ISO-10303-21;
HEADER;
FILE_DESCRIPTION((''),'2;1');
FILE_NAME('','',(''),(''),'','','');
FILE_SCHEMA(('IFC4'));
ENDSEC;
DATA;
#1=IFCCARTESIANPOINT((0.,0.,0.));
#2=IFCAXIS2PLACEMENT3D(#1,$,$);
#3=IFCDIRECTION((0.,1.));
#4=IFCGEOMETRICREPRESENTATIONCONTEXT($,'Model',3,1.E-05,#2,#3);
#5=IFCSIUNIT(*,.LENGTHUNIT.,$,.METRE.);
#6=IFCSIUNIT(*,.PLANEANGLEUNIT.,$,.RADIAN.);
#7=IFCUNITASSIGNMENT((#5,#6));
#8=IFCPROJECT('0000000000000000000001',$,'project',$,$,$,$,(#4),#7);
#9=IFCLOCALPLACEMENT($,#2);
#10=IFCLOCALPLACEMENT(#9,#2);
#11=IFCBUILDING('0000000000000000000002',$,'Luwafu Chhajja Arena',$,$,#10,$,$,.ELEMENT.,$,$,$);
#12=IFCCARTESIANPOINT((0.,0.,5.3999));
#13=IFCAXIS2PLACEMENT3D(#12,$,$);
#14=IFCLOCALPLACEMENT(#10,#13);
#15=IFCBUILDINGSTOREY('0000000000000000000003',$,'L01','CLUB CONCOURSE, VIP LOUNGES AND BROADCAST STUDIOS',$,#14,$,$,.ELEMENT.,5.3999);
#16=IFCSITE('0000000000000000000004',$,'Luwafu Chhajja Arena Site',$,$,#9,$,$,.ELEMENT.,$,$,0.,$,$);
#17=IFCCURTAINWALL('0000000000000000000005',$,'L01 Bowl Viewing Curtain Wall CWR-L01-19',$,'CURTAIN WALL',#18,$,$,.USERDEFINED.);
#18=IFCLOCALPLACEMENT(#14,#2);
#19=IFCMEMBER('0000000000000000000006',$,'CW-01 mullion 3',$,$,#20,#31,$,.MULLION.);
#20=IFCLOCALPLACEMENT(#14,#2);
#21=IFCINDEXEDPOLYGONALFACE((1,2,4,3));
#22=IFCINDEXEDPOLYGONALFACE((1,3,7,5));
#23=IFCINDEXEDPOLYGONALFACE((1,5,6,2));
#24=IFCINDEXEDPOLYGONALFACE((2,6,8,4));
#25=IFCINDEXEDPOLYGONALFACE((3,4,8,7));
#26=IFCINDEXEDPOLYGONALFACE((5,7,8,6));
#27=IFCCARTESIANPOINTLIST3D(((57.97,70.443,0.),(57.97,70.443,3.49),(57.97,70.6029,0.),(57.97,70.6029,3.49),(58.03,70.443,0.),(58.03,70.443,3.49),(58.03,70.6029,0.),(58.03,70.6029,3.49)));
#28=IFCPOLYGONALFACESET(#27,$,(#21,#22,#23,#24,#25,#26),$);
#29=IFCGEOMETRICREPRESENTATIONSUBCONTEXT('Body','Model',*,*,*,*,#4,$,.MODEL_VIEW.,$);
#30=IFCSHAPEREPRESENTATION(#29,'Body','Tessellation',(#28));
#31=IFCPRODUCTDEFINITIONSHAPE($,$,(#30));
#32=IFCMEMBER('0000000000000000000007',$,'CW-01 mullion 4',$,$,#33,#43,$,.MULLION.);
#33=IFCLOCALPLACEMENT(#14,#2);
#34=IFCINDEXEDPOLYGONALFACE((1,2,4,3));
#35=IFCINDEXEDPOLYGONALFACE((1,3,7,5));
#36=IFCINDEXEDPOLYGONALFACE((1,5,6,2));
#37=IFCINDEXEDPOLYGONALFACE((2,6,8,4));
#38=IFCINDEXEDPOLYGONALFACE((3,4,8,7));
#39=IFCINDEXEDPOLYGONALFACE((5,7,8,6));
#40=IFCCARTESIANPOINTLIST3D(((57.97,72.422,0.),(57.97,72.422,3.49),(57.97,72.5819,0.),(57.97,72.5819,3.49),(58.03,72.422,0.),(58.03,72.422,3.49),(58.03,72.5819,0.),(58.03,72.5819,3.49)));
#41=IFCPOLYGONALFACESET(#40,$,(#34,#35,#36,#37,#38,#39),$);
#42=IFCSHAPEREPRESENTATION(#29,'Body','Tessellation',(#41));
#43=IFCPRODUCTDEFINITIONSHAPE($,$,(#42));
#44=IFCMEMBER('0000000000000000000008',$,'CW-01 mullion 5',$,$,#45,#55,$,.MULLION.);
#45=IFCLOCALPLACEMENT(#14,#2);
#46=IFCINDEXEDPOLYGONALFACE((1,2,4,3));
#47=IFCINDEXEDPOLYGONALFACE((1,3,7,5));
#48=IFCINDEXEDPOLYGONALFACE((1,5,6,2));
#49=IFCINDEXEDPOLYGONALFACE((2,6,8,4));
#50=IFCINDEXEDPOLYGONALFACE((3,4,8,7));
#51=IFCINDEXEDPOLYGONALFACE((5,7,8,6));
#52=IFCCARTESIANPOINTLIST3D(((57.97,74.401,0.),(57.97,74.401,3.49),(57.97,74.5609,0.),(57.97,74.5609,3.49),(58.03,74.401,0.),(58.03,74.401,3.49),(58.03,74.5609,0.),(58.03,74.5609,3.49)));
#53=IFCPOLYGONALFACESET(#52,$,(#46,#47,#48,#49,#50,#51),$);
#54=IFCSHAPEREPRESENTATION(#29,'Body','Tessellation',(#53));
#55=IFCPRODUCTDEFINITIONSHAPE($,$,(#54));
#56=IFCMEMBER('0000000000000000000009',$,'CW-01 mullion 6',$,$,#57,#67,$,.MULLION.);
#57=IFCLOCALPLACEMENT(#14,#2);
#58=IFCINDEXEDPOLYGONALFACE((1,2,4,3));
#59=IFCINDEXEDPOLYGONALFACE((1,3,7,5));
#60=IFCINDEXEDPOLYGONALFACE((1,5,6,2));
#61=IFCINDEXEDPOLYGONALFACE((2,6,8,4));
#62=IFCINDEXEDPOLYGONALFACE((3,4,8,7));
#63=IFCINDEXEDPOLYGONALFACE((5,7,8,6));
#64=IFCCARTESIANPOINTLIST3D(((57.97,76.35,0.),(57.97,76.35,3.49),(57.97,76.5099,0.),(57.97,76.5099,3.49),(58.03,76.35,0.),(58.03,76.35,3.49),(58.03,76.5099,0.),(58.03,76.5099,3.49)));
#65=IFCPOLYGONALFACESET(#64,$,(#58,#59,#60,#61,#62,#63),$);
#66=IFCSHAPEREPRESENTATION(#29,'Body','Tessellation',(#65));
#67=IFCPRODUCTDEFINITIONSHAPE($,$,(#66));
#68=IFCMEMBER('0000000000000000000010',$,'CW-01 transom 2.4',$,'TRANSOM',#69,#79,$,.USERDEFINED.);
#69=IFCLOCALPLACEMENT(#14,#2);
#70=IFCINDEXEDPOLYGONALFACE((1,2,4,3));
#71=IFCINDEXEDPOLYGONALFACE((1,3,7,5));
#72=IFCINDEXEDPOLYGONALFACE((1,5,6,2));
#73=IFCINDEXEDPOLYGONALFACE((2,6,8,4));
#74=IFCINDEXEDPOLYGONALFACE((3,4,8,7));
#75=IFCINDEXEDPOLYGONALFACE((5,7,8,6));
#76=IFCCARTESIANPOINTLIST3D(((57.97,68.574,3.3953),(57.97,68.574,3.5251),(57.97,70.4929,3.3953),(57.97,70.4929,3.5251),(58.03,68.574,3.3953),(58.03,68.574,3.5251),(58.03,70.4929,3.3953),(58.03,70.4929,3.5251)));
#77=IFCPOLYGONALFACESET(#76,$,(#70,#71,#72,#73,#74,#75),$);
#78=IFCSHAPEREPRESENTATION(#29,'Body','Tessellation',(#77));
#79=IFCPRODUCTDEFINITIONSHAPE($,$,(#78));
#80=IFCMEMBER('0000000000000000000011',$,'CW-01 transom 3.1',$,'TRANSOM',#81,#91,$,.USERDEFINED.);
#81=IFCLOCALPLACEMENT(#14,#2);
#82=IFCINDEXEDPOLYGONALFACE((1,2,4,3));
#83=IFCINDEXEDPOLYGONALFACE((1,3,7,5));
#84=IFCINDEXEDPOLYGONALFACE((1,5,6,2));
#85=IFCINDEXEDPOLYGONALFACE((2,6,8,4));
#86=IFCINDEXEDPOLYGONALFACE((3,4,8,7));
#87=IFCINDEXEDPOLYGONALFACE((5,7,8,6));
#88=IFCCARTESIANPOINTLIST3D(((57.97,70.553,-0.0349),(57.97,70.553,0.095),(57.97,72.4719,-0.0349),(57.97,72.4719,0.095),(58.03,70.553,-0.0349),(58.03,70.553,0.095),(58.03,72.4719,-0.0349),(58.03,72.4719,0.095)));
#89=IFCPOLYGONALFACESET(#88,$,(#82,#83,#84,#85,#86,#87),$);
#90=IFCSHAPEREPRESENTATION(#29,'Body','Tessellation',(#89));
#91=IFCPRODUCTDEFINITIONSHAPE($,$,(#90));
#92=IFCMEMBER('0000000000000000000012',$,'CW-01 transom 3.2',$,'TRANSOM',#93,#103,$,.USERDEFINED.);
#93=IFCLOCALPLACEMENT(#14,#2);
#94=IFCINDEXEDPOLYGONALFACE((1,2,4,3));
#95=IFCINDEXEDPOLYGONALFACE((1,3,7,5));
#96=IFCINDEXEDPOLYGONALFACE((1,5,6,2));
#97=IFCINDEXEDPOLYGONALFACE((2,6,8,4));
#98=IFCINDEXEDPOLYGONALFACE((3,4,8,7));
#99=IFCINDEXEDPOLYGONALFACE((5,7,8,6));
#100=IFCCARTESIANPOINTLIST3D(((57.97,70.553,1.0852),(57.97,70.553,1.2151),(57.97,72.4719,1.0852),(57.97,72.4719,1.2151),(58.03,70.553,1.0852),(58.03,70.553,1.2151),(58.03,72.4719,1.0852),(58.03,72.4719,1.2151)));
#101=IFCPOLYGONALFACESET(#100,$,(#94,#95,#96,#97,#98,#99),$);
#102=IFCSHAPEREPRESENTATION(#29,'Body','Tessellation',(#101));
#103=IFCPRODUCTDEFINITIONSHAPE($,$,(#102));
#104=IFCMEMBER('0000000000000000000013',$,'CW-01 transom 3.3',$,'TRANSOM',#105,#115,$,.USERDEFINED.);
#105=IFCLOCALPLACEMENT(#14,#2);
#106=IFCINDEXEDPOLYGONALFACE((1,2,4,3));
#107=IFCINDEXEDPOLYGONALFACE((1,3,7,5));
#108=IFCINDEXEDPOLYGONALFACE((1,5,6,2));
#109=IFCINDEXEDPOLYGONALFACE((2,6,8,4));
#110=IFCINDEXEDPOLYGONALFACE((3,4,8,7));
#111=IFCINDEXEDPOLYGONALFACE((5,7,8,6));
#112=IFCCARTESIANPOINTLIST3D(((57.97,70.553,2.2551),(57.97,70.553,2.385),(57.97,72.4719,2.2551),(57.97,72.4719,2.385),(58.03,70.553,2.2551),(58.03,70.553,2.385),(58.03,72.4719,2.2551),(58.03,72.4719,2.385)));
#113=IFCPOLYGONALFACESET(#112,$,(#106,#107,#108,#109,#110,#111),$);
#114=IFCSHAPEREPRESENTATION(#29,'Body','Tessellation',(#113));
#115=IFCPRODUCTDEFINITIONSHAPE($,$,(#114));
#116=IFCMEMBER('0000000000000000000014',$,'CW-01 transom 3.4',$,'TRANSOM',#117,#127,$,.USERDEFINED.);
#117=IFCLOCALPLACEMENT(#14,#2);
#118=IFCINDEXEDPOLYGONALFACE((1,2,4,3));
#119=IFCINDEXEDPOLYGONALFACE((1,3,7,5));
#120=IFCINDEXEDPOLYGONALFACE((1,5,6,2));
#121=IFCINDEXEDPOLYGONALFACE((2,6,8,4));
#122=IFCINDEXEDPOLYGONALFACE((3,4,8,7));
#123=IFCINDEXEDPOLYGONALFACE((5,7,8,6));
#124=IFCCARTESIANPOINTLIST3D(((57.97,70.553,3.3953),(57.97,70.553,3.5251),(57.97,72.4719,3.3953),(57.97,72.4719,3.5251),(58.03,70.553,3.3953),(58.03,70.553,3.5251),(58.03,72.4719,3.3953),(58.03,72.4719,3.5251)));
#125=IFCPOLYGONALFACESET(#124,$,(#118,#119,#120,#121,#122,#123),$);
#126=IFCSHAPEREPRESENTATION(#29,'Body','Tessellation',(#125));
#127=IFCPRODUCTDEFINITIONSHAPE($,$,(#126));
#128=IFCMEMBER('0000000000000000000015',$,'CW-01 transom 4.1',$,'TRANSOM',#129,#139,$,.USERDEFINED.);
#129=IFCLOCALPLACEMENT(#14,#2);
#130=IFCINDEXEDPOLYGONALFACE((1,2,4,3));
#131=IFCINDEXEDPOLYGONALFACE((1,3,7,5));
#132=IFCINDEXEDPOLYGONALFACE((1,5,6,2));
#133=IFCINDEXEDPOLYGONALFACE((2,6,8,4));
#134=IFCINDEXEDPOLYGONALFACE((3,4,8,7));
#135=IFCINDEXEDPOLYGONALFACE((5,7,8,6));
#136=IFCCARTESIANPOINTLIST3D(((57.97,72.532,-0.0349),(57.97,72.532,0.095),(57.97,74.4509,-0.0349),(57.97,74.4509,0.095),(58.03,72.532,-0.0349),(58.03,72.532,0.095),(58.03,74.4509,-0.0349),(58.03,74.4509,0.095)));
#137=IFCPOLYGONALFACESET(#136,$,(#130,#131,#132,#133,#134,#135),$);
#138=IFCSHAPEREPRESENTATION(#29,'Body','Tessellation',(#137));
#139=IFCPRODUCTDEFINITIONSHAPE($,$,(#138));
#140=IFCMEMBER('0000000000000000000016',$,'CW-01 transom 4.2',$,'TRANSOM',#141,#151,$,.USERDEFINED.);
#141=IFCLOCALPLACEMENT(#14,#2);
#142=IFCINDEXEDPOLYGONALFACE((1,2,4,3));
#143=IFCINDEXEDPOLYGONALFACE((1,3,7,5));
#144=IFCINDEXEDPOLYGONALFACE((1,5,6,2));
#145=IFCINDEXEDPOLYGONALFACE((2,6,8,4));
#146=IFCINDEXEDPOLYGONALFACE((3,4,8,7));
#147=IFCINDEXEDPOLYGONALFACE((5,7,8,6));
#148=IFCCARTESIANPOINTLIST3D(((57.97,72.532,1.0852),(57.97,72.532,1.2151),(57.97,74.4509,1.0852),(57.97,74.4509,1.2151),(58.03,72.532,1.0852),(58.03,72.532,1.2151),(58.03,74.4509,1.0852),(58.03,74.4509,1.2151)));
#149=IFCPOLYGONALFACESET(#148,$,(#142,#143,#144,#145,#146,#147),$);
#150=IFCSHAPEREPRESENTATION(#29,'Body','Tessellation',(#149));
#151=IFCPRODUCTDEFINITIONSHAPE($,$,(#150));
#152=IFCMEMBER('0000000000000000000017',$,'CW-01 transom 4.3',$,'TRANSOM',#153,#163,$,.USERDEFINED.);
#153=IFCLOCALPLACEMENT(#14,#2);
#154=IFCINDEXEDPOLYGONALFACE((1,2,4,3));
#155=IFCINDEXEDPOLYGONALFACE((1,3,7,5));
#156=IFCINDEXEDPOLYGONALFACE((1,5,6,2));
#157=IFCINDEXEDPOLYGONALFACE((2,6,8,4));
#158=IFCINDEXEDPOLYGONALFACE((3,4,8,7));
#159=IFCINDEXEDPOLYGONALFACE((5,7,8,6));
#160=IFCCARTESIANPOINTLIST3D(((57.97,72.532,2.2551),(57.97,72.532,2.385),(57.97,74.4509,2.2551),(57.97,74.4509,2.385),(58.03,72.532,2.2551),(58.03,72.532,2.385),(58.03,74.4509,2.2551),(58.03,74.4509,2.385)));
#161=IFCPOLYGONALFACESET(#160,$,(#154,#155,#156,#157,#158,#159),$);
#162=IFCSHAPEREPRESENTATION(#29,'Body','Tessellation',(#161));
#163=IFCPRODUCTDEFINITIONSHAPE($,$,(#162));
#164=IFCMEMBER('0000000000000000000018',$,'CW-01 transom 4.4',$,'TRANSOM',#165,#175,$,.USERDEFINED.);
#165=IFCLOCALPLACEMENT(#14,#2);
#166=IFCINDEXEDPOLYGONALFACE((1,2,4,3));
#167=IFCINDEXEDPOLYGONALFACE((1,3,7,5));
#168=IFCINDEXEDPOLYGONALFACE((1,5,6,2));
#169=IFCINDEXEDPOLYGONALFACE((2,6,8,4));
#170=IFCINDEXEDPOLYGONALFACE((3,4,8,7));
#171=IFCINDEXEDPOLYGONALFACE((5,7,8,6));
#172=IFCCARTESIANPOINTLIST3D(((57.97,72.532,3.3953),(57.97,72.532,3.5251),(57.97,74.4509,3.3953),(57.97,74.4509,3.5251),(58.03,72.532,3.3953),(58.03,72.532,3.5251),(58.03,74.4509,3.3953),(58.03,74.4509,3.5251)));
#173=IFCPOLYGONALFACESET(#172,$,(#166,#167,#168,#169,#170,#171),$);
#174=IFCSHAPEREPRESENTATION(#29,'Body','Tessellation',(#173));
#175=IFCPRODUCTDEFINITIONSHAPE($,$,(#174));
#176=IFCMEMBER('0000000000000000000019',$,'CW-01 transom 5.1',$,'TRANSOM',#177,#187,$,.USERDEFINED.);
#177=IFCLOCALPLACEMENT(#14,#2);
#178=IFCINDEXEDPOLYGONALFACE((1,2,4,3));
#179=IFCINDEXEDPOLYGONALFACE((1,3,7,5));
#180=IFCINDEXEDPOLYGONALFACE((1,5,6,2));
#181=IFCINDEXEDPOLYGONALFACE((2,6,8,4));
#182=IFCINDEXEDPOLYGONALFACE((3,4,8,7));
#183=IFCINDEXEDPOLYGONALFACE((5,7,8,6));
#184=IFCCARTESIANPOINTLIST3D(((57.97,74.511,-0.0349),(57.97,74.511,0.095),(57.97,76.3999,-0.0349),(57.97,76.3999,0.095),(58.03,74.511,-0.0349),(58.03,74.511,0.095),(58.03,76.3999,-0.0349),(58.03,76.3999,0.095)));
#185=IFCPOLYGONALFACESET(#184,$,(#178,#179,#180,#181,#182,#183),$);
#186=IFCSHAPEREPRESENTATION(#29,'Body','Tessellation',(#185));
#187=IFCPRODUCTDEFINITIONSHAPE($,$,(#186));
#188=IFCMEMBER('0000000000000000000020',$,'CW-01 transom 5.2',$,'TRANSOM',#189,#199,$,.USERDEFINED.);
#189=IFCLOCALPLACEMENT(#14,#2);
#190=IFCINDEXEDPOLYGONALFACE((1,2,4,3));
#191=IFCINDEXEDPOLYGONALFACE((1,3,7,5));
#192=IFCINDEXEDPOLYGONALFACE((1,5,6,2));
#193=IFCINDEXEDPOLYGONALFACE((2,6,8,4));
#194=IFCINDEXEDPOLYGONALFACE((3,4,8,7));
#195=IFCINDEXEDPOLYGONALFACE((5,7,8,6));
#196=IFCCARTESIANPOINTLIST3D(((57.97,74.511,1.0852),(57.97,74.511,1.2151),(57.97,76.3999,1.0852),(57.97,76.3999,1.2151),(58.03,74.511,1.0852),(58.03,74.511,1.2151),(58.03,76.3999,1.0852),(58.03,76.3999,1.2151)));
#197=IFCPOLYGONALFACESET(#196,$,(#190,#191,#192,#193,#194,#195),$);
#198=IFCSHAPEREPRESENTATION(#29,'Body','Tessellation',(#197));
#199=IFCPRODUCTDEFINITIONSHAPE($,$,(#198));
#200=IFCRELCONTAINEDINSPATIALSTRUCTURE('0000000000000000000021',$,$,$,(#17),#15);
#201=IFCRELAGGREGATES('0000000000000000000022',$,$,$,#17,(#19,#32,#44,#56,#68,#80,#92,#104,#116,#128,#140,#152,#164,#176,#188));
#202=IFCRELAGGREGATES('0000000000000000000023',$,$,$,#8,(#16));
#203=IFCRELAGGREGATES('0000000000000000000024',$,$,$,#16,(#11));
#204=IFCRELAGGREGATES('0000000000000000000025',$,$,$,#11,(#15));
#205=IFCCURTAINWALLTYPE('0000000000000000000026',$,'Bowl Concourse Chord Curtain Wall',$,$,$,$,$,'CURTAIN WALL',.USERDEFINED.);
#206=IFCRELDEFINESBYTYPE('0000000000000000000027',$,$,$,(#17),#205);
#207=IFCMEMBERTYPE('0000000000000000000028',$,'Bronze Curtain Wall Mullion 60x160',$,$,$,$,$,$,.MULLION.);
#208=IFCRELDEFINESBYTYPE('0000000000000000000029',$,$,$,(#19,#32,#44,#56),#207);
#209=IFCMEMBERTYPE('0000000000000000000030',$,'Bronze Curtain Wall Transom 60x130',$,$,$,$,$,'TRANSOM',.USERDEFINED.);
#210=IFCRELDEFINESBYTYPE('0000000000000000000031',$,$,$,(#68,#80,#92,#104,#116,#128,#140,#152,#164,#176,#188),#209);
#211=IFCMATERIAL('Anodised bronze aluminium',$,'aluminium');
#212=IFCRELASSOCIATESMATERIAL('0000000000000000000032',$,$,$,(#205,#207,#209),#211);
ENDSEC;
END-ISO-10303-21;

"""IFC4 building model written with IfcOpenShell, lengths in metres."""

from ifc_helpers import new_model, si_unit, direction, frame, origin, origin_2d, place, context, subcontext, project, spatial, rectangle, extrude, material, material_profile, profile_set, type_object, element, aggregate, save


model = new_model("IFC4")

# Units and contexts
model_context = context("Model", 3, precision=1e-05, world=origin(), true_north=direction((0.0, 1.0)))
body_context = subcontext(model_context, "Body", "Model", "MODEL_VIEW")
ifc_project = project(units=[si_unit("LENGTHUNIT", "METRE"), si_unit("PLANEANGLEUNIT", "RADIAN")], contexts=[model_context])

# Site, building, storey
site_placement = place(None, origin())
site = spatial("IfcSite", under=ifc_project, at=site_placement, Name="Luwafu Chhajja Arena Site", CompositionType="ELEMENT", RefElevation=0.0)
building_placement = place(site_placement, origin())
building = spatial("IfcBuilding", under=site, at=building_placement, Name="Luwafu Chhajja Arena", CompositionType="ELEMENT")
storey_placement = place(building_placement, frame((0.0, 0.0, 5.3999)))
storey = spatial("IfcBuildingStorey", under=building, at=storey_placement, Name="L01", Description="CLUB CONCOURSE, VIP LOUNGES AND BROADCAST STUDIOS", CompositionType="ELEMENT", Elevation=5.3999)

# Curtain wall, members
ifc_material_1 = material(Name="Anodised bronze aluminium", Category="aluminium")
curtain_wall_type = type_object("IfcCurtainWallType", Name="Bowl Concourse Chord Curtain Wall", ElementType="CURTAIN WALL", PredefinedType="USERDEFINED", material=ifc_material_1)
curtain_wall_placement = place(storey_placement, origin())
curtain_wall = element("IfcCurtainWall", 1, at=curtain_wall_placement, inside=storey, type_object=curtain_wall_type, Name="L01 Bowl Viewing Curtain Wall CWR-L01-19", ObjectType="CURTAIN WALL", PredefinedType="USERDEFINED")
ifc_material_profile_1 = material_profile(ifc_material_1, rectangle(XDim=0.0601, YDim=0.1599, at=origin_2d()), Name="CWM 60x160")
ifc_profile_set_1 = profile_set([ifc_material_profile_1], Name="Anodised bronze aluminium")
member_type_1 = type_object("IfcMemberType", Name="Bronze Curtain Wall Mullion 60x160", PredefinedType="MULLION", material=ifc_profile_set_1)
member_1_placement = place(storey_placement, frame((58.0, 70.5229, 0.0), z_axis=(0.0, 0.0, 1.0), x_axis=(-1.0, 0.0, 0.0)))
member_1 = element("IfcMember", 2, at=member_1_placement, type_object=member_type_1, Name="CW-01 mullion 3", PredefinedType="MULLION", context=body_context, shape_type="SweptSolid", body=[
    extrude(rectangle(XDim=0.0601, YDim=0.1599, at=origin_2d()), origin(), (0.0, 0.0, 1.0), 3.49),
])
member_2_placement = place(storey_placement, frame((58.0, 72.502, 0.0), z_axis=(0.0, 0.0, 1.0), x_axis=(-1.0, 0.0, 0.0)))
member_2 = element("IfcMember", 3, at=member_2_placement, type_object=member_type_1, Name="CW-01 mullion 4", PredefinedType="MULLION", context=body_context, shape_type="SweptSolid", body=[
    extrude(rectangle(XDim=0.0601, YDim=0.1599, at=origin_2d()), origin(), (0.0, 0.0, 1.0), 3.49),
])
member_3_placement = place(storey_placement, frame((58.0, 74.481, 0.0), z_axis=(0.0, 0.0, 1.0), x_axis=(-1.0, 0.0, 0.0)))
member_3 = element("IfcMember", 4, at=member_3_placement, type_object=member_type_1, Name="CW-01 mullion 5", PredefinedType="MULLION", context=body_context, shape_type="SweptSolid", body=[
    extrude(rectangle(XDim=0.0601, YDim=0.1599, at=origin_2d()), origin(), (0.0, 0.0, 1.0), 3.49),
])
member_4_placement = place(storey_placement, frame((58.0, 76.4299, 0.0), z_axis=(0.0, 0.0, 1.0), x_axis=(-1.0, 0.0, 0.0)))
member_4 = element("IfcMember", 5, at=member_4_placement, type_object=member_type_1, Name="CW-01 mullion 6", PredefinedType="MULLION", context=body_context, shape_type="SweptSolid", body=[
    extrude(rectangle(XDim=0.0601, YDim=0.1599, at=origin_2d()), origin(), (0.0, 0.0, 1.0), 3.49),
])
ifc_material_profile_2 = material_profile(ifc_material_1, rectangle(XDim=0.0601, YDim=0.1299, at=origin_2d()), Name="CWT 60x130")
ifc_profile_set_2 = profile_set([ifc_material_profile_2], Name="Anodised bronze aluminium")
member_type_2 = type_object("IfcMemberType", Name="Bronze Curtain Wall Transom 60x130", ElementType="TRANSOM", PredefinedType="USERDEFINED", material=ifc_profile_set_2)
member_5_placement = place(storey_placement, frame((58.0, 68.574, 3.4602), z_axis=(0.0, 1.0, 0.0), x_axis=(-1.0, 0.0, 0.0)))
member_5 = element("IfcMember", 6, at=member_5_placement, type_object=member_type_2, Name="CW-01 transom 2.4", ObjectType="TRANSOM", PredefinedType="USERDEFINED", context=body_context, shape_type="SweptSolid", body=[
    extrude(rectangle(XDim=0.0601, YDim=0.1299, at=origin_2d()), origin(), (0.0, 0.0, 1.0), 1.9189),
])
member_6_placement = place(storey_placement, frame((58.0, 70.553, 0.03), z_axis=(0.0, 1.0, 0.0), x_axis=(-1.0, 0.0, 0.0)))
member_6 = element("IfcMember", 7, at=member_6_placement, type_object=member_type_2, Name="CW-01 transom 3.1", ObjectType="TRANSOM", PredefinedType="USERDEFINED", context=body_context, shape_type="SweptSolid", body=[
    extrude(rectangle(XDim=0.0601, YDim=0.1299, at=origin_2d()), origin(), (0.0, 0.0, 1.0), 1.9189),
])
member_7_placement = place(storey_placement, frame((58.0, 70.553, 1.1501), z_axis=(0.0, 1.0, 0.0), x_axis=(-1.0, 0.0, 0.0)))
member_7 = element("IfcMember", 8, at=member_7_placement, type_object=member_type_2, Name="CW-01 transom 3.2", ObjectType="TRANSOM", PredefinedType="USERDEFINED", context=body_context, shape_type="SweptSolid", body=[
    extrude(rectangle(XDim=0.0601, YDim=0.1299, at=origin_2d()), origin(), (0.0, 0.0, 1.0), 1.9189),
])
member_8_placement = place(storey_placement, frame((58.0, 70.553, 2.3201), z_axis=(0.0, 1.0, 0.0), x_axis=(-1.0, 0.0, 0.0)))
member_8 = element("IfcMember", 9, at=member_8_placement, type_object=member_type_2, Name="CW-01 transom 3.3", ObjectType="TRANSOM", PredefinedType="USERDEFINED", context=body_context, shape_type="SweptSolid", body=[
    extrude(rectangle(XDim=0.0601, YDim=0.1299, at=origin_2d()), origin(), (0.0, 0.0, 1.0), 1.9189),
])
member_9_placement = place(storey_placement, frame((58.0, 70.553, 3.4602), z_axis=(0.0, 1.0, 0.0), x_axis=(-1.0, 0.0, 0.0)))
member_9 = element("IfcMember", 10, at=member_9_placement, type_object=member_type_2, Name="CW-01 transom 3.4", ObjectType="TRANSOM", PredefinedType="USERDEFINED", context=body_context, shape_type="SweptSolid", body=[
    extrude(rectangle(XDim=0.0601, YDim=0.1299, at=origin_2d()), origin(), (0.0, 0.0, 1.0), 1.9189),
])
member_10_placement = place(storey_placement, frame((58.0, 72.532, 0.03), z_axis=(0.0, 1.0, 0.0), x_axis=(-1.0, 0.0, 0.0)))
member_10 = element("IfcMember", 11, at=member_10_placement, type_object=member_type_2, Name="CW-01 transom 4.1", ObjectType="TRANSOM", PredefinedType="USERDEFINED", context=body_context, shape_type="SweptSolid", body=[
    extrude(rectangle(XDim=0.0601, YDim=0.1299, at=origin_2d()), origin(), (0.0, 0.0, 1.0), 1.9189),
])
member_11_placement = place(storey_placement, frame((58.0, 72.532, 1.1501), z_axis=(0.0, 1.0, 0.0), x_axis=(-1.0, 0.0, 0.0)))
member_11 = element("IfcMember", 12, at=member_11_placement, type_object=member_type_2, Name="CW-01 transom 4.2", ObjectType="TRANSOM", PredefinedType="USERDEFINED", context=body_context, shape_type="SweptSolid", body=[
    extrude(rectangle(XDim=0.0601, YDim=0.1299, at=origin_2d()), origin(), (0.0, 0.0, 1.0), 1.9189),
])
member_12_placement = place(storey_placement, frame((58.0, 72.532, 2.3201), z_axis=(0.0, 1.0, 0.0), x_axis=(-1.0, 0.0, 0.0)))
member_12 = element("IfcMember", 13, at=member_12_placement, type_object=member_type_2, Name="CW-01 transom 4.3", ObjectType="TRANSOM", PredefinedType="USERDEFINED", context=body_context, shape_type="SweptSolid", body=[
    extrude(rectangle(XDim=0.0601, YDim=0.1299, at=origin_2d()), origin(), (0.0, 0.0, 1.0), 1.9189),
])
member_13_placement = place(storey_placement, frame((58.0, 72.532, 3.4602), z_axis=(0.0, 1.0, 0.0), x_axis=(-1.0, 0.0, 0.0)))
member_13 = element("IfcMember", 14, at=member_13_placement, type_object=member_type_2, Name="CW-01 transom 4.4", ObjectType="TRANSOM", PredefinedType="USERDEFINED", context=body_context, shape_type="SweptSolid", body=[
    extrude(rectangle(XDim=0.0601, YDim=0.1299, at=origin_2d()), origin(), (0.0, 0.0, 1.0), 1.9189),
])
member_14_placement = place(storey_placement, frame((58.0, 74.511, 0.03), z_axis=(0.0, 1.0, 0.0), x_axis=(-1.0, 0.0, 0.0)))
member_14 = element("IfcMember", 15, at=member_14_placement, type_object=member_type_2, Name="CW-01 transom 5.1", ObjectType="TRANSOM", PredefinedType="USERDEFINED", context=body_context, shape_type="SweptSolid", body=[
    extrude(rectangle(XDim=0.0601, YDim=0.1299, at=origin_2d()), origin(), (0.0, 0.0, 1.0), 1.8889),
])
member_15_placement = place(storey_placement, frame((58.0, 74.511, 1.1501), z_axis=(0.0, 1.0, 0.0), x_axis=(-1.0, 0.0, 0.0)))
member_15 = element("IfcMember", 16, at=member_15_placement, type_object=member_type_2, Name="CW-01 transom 5.2", ObjectType="TRANSOM", PredefinedType="USERDEFINED", context=body_context, shape_type="SweptSolid", body=[
    extrude(rectangle(XDim=0.0601, YDim=0.1299, at=origin_2d()), origin(), (0.0, 0.0, 1.0), 1.8889),
])
aggregate(curtain_wall, [member_1, member_2, member_3, member_4, member_5, member_6, member_7, member_8, member_9, member_10, member_11, member_12, member_13, member_14, member_15])

save(model, "model.ifc")
